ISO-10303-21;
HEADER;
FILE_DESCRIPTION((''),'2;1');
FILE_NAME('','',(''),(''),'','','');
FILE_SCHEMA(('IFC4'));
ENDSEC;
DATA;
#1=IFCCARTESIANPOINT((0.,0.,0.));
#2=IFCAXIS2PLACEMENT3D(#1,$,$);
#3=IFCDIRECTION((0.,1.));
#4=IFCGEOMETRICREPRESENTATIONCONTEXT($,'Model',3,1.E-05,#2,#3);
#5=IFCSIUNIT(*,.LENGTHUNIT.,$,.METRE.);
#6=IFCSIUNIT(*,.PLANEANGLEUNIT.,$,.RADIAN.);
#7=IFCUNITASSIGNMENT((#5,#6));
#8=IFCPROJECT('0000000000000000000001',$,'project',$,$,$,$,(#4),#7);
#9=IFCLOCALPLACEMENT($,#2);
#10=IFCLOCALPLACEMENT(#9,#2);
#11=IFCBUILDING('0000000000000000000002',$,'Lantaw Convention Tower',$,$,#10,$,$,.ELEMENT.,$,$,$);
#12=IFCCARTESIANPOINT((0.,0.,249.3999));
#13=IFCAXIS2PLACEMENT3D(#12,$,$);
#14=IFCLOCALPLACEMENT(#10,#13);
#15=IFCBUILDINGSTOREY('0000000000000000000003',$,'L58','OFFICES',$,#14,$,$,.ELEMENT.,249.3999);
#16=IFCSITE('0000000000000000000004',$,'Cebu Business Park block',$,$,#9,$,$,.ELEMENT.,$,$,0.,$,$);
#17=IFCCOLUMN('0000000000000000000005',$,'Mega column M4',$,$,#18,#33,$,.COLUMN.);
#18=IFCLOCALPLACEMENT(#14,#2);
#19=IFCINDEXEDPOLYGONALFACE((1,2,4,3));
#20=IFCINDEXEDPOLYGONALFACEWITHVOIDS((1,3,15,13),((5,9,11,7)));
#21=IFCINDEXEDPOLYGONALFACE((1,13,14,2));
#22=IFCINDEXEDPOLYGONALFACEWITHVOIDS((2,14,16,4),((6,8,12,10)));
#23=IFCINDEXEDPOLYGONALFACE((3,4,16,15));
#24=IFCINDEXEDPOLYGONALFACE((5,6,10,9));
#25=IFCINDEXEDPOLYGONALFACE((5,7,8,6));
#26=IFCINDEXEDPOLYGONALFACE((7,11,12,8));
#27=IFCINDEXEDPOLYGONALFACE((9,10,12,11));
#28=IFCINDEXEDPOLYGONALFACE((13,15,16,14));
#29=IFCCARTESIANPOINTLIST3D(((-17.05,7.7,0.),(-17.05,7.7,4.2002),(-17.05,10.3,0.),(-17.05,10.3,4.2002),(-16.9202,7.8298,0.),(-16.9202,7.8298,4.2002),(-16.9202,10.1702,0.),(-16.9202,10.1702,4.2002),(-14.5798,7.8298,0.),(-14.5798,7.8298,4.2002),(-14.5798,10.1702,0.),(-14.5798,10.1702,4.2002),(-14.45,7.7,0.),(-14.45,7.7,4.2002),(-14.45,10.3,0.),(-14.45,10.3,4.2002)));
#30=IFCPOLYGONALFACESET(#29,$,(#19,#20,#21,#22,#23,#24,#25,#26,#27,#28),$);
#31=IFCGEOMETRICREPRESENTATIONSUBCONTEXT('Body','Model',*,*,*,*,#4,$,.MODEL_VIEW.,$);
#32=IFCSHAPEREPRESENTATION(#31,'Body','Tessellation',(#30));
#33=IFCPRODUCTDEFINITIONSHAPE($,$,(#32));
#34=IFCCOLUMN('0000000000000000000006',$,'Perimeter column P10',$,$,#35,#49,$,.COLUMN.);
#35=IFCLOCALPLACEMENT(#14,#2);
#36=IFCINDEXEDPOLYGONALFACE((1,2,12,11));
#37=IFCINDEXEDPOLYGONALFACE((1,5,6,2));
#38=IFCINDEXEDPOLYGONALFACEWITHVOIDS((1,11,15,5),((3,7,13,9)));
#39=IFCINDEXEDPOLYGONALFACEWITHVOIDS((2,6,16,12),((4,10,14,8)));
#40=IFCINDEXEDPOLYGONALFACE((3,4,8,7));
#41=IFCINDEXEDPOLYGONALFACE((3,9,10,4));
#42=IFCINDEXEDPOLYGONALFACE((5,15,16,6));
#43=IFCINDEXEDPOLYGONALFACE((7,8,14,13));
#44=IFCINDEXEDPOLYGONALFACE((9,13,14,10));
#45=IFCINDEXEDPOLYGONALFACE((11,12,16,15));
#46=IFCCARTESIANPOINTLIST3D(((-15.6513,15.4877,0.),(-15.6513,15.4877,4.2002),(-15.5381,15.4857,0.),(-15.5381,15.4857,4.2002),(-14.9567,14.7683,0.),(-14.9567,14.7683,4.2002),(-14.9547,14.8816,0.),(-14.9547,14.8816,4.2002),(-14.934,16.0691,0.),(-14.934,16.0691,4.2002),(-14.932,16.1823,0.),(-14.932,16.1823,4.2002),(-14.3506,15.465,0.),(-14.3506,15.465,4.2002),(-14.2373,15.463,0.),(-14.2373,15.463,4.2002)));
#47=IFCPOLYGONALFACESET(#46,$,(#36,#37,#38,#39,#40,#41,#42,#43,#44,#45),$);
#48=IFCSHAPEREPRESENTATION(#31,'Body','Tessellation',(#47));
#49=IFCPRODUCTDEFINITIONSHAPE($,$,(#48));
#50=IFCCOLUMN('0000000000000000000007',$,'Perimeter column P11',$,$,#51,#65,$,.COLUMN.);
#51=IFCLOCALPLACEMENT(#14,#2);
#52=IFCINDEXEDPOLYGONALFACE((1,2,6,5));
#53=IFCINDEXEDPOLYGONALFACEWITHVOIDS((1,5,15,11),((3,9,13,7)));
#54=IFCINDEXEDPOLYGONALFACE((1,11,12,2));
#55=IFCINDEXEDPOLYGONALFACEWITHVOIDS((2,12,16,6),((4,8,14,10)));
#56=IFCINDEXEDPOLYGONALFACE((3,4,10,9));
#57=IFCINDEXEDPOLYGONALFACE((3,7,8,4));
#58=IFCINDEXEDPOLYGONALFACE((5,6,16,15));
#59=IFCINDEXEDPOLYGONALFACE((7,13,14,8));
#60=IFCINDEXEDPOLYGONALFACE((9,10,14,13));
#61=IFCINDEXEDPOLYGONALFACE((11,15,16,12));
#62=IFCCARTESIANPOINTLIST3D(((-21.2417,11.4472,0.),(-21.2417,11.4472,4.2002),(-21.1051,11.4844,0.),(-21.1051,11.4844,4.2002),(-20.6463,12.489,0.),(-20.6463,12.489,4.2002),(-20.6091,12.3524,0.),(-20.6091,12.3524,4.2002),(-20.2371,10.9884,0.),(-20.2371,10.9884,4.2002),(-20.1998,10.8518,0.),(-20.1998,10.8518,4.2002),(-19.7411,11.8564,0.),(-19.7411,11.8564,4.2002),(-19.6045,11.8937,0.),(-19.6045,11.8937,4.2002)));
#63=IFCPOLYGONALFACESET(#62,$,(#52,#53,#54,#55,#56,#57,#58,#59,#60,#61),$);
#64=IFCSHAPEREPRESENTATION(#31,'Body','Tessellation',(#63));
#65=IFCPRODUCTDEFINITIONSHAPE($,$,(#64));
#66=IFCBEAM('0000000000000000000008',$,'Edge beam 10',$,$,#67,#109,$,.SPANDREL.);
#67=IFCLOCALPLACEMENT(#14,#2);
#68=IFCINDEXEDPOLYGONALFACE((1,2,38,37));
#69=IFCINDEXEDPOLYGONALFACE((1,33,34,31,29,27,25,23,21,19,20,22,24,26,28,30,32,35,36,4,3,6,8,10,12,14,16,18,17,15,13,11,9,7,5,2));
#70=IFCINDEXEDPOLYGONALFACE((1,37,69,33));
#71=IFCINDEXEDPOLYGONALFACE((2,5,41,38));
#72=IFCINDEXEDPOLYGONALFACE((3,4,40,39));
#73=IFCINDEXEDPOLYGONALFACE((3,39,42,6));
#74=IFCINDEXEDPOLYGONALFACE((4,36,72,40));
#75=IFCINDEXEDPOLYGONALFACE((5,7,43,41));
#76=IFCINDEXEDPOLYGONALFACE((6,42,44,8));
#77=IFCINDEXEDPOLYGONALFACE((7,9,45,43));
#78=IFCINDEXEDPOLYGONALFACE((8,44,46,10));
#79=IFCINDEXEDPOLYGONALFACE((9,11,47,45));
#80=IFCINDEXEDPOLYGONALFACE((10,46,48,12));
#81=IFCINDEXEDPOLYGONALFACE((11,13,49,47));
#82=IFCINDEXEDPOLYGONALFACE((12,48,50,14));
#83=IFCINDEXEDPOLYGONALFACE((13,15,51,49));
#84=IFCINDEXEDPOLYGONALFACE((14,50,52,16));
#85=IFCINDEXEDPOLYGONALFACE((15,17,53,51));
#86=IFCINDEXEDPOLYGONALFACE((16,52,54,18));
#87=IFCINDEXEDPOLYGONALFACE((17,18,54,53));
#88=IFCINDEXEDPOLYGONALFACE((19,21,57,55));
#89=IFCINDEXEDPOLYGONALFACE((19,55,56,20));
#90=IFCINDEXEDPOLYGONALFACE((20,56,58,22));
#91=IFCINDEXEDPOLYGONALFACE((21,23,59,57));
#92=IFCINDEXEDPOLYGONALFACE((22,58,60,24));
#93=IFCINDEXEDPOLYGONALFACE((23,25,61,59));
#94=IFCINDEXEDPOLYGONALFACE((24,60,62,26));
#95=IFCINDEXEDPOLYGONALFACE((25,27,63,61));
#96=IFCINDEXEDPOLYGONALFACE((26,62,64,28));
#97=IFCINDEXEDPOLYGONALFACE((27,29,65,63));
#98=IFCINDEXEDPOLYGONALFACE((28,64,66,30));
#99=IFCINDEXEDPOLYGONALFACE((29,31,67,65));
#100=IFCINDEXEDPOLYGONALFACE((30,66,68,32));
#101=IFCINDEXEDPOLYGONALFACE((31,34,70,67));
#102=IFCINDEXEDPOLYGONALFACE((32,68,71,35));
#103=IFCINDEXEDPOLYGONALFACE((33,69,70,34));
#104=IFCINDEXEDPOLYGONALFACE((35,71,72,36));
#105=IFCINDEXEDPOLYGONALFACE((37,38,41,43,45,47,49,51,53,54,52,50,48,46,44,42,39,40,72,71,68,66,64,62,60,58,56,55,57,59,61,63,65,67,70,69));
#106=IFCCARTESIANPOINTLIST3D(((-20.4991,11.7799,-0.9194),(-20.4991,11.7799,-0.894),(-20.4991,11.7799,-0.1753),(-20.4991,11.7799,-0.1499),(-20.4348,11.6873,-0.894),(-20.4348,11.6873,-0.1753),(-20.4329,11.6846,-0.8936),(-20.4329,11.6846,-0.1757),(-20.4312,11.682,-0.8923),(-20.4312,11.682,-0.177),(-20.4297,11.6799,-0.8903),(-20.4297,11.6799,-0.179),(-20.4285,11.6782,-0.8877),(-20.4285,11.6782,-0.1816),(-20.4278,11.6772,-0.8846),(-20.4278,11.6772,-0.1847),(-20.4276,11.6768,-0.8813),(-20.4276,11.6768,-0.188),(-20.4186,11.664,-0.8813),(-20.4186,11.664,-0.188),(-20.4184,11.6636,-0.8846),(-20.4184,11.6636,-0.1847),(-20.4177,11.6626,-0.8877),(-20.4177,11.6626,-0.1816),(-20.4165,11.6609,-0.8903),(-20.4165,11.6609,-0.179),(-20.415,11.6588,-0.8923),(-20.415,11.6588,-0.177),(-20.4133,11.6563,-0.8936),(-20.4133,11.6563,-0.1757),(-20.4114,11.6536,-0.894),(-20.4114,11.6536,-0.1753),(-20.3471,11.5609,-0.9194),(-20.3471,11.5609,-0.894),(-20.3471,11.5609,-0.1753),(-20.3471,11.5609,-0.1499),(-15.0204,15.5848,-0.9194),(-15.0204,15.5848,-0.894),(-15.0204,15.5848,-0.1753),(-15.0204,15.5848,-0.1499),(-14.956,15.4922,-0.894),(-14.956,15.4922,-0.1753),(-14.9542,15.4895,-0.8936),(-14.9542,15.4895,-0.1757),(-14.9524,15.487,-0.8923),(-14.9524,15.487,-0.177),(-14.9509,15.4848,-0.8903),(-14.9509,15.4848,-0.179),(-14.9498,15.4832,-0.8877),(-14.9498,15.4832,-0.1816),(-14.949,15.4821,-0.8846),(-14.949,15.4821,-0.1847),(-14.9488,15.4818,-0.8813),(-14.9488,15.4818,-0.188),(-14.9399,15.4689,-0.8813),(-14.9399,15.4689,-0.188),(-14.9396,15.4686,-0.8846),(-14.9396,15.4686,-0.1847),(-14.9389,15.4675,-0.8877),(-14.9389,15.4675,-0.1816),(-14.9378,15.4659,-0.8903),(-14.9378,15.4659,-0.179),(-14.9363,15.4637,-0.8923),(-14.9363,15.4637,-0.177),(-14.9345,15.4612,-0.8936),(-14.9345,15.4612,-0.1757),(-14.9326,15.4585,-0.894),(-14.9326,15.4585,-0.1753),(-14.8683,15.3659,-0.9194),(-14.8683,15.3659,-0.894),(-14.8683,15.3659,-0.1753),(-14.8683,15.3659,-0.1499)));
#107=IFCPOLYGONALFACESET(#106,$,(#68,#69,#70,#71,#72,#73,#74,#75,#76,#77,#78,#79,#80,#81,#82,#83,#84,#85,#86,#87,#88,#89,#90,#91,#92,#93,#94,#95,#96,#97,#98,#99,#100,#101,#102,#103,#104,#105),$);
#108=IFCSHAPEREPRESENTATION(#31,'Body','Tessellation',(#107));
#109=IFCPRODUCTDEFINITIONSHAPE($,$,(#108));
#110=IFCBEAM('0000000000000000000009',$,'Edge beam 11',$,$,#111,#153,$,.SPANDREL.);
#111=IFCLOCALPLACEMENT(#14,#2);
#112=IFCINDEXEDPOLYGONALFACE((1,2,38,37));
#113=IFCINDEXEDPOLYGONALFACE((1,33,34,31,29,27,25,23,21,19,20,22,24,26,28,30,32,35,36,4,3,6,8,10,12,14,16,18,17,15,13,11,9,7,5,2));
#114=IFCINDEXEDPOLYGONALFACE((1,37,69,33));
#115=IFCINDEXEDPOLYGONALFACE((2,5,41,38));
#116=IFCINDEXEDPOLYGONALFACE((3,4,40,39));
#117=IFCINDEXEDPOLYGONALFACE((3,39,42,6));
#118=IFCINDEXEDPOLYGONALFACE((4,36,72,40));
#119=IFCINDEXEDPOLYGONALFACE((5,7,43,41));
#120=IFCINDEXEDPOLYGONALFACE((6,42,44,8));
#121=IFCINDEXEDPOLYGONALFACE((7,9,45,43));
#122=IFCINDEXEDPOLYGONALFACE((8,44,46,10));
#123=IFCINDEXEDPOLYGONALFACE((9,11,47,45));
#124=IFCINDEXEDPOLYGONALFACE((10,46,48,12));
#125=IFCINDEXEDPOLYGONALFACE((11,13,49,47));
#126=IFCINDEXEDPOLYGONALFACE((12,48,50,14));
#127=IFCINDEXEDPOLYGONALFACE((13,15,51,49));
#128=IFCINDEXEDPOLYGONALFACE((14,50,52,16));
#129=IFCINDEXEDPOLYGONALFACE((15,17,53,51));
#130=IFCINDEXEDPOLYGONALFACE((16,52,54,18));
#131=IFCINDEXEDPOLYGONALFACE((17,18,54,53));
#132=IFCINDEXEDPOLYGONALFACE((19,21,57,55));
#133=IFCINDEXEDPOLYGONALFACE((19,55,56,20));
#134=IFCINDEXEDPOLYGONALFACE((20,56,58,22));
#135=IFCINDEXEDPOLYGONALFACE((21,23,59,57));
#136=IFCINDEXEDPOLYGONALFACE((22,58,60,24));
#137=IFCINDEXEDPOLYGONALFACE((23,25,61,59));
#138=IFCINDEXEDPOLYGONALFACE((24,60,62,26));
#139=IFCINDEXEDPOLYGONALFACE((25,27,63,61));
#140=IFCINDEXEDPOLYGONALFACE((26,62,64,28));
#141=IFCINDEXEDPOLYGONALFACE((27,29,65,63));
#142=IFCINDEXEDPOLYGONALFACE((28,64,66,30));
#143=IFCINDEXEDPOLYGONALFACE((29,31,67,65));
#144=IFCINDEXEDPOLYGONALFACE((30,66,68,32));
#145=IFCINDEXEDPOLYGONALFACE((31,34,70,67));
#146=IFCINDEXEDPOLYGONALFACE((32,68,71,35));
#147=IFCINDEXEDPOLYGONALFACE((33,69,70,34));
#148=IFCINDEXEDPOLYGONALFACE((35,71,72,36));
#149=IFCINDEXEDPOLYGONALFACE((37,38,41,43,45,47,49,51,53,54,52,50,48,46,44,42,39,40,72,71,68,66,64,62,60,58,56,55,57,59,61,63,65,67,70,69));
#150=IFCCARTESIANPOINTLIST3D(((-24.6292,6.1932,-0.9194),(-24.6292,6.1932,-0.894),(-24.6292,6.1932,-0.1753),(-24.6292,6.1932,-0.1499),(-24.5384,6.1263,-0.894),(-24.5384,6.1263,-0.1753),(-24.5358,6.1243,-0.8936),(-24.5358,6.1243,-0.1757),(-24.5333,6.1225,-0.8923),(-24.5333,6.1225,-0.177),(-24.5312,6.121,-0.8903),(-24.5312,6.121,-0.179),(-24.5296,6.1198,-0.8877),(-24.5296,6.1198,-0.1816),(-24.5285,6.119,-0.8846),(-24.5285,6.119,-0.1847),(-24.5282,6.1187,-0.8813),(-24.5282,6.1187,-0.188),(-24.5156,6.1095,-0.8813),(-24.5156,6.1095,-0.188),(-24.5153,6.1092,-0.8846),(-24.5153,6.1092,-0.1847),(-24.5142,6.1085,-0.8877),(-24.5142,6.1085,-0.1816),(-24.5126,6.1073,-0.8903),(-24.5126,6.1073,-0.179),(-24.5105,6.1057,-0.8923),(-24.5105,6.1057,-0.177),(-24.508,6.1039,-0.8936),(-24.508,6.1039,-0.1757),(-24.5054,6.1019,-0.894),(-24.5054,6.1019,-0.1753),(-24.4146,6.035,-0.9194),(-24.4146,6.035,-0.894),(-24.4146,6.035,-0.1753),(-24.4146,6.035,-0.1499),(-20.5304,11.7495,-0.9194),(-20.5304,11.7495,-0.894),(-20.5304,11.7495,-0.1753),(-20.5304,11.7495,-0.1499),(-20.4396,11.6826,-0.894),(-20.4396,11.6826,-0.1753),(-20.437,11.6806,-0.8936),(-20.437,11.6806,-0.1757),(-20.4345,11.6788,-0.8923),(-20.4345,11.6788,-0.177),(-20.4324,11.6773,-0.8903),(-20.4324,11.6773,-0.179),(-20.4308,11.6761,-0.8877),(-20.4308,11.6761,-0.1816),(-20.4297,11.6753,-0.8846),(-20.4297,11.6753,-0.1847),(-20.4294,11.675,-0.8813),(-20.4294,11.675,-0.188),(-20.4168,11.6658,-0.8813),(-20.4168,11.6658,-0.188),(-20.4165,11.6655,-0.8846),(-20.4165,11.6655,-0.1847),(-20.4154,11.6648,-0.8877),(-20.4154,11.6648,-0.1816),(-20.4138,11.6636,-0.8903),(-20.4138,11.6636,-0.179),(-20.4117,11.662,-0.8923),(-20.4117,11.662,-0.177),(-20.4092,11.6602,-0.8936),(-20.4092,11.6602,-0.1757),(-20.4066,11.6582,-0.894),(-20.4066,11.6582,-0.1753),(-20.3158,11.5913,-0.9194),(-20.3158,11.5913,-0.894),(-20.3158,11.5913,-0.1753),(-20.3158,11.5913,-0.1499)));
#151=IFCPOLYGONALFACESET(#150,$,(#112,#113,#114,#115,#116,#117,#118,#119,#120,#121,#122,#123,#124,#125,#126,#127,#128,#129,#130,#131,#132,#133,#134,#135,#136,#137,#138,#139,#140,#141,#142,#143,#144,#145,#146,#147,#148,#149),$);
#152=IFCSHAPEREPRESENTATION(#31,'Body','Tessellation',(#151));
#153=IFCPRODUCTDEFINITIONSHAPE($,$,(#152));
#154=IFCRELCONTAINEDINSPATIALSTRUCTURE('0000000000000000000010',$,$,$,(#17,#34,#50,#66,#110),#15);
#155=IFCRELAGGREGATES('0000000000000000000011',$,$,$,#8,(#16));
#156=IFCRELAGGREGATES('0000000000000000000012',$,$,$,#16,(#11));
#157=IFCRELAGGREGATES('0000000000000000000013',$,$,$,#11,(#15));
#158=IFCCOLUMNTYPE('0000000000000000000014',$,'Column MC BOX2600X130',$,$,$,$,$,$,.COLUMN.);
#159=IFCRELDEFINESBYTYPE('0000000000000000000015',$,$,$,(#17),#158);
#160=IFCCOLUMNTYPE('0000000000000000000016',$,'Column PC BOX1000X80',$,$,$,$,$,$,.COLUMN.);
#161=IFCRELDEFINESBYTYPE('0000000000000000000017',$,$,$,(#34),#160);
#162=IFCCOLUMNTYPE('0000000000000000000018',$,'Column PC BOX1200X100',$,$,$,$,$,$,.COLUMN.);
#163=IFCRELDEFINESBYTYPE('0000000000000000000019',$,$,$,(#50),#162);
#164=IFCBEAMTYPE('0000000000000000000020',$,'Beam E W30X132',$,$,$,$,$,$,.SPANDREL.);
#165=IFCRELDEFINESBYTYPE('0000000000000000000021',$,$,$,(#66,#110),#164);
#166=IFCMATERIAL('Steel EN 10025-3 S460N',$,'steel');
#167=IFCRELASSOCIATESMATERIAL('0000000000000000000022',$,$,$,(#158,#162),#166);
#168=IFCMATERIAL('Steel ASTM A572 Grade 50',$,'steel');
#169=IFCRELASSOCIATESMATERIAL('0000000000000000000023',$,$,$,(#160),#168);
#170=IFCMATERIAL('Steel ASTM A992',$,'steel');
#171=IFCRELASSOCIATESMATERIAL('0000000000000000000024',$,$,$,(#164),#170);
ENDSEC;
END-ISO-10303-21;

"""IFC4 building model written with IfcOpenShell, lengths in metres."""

from ifc_helpers import new_model, si_unit, direction, frame, origin, origin_2d, place, context, subcontext, project, spatial, rectangle, hollow_rectangle, i_section, extrude, material, material_profile, profile_set, type_object, element, save


model = new_model("IFC4")

# Units and contexts
model_context = context("Model", 3, precision=1e-05, world=origin(), true_north=direction((0.0, 1.0)))
body_context = subcontext(model_context, "Body", "Model", "MODEL_VIEW")
ifc_project = project(units=[si_unit("LENGTHUNIT", "METRE"), si_unit("PLANEANGLEUNIT", "RADIAN")], contexts=[model_context])

# Site, building, storey
site_placement = place(None, origin())
site = spatial("IfcSite", under=ifc_project, at=site_placement, Name="Cebu Business Park block", CompositionType="ELEMENT", RefElevation=0.0)
building_placement = place(site_placement, origin())
building = spatial("IfcBuilding", under=site, at=building_placement, Name="Lantaw Convention Tower", CompositionType="ELEMENT")
storey_placement = place(building_placement, frame((0.0, 0.0, 249.3999)))
storey = spatial("IfcBuildingStorey", under=building, at=storey_placement, Name="L58", Description="OFFICES", CompositionType="ELEMENT", Elevation=249.3999)

# Columns
ifc_material_1 = material(Name="Steel EN 10025-3 S460N", Category="steel")
ifc_material_profile_1 = material_profile(ifc_material_1, hollow_rectangle(XDim=2.6001, YDim=2.6001, WallThickness=0.1299, at=origin_2d()), Name="BOX2600X130")
ifc_material_2 = material(Name="Concrete C60/75", Category="concrete")
ifc_material_profile_2 = material_profile(ifc_material_2, rectangle(XDim=2.3401, YDim=2.3401, at=origin_2d()), Name="Concrete fill of BOX2600X130")
ifc_profile_set_1 = profile_set([ifc_material_profile_1, ifc_material_profile_2], Name="Steel EN 10025-3 S460N")
column_type_1 = type_object("IfcColumnType", Name="Column MC BOX2600X130", PredefinedType="COLUMN", material=ifc_profile_set_1)
column_1_placement = place(storey_placement, frame((-15.75, 9.0, 0.0), z_axis=(0.0, 0.0, 1.0), x_axis=(1.0, 0.0, 0.0)))
element("IfcColumn", 1, at=column_1_placement, inside=storey, type_object=column_type_1, Name="Mega column M4", PredefinedType="COLUMN", context=body_context, shape_type="SweptSolid", body=[
    extrude(hollow_rectangle(XDim=2.6001, YDim=2.6001, WallThickness=0.1299, at=origin_2d()), origin(), (0.0, 0.0, 1.0), 4.2002),
])
ifc_material_3 = material(Name="Steel ASTM A572 Grade 50", Category="steel")
ifc_material_profile_3 = material_profile(ifc_material_3, hollow_rectangle(XDim=1.0, YDim=1.0, WallThickness=0.0801, at=origin_2d()), Name="BOX1000X80")
ifc_material_profile_4 = material_profile(ifc_material_2, rectangle(XDim=0.8401, YDim=0.8401, at=origin_2d()), Name="Concrete fill of BOX1000X80")
ifc_profile_set_2 = profile_set([ifc_material_profile_3, ifc_material_profile_4], Name="Steel ASTM A572 Grade 50")
column_type_2 = type_object("IfcColumnType", Name="Column PC BOX1000X80", PredefinedType="COLUMN", material=ifc_profile_set_2)
column_2_placement = place(storey_placement, frame((-14.9443, 15.4753, 0.0), z_axis=(0.0, 0.0, 1.0), x_axis=(0.71934, 0.694658, 0.0)))
element("IfcColumn", 2, at=column_2_placement, inside=storey, type_object=column_type_2, Name="Perimeter column P10", PredefinedType="COLUMN", context=body_context, shape_type="SweptSolid", body=[
    extrude(hollow_rectangle(XDim=1.0, YDim=1.0, WallThickness=0.0801, at=origin_2d()), origin(), (0.0, 0.0, 1.0), 4.2002),
])
ifc_material_profile_5 = material_profile(ifc_material_1, hollow_rectangle(XDim=1.2, YDim=1.2, WallThickness=0.1001, at=origin_2d()), Name="BOX1200X100")
ifc_material_profile_6 = material_profile(ifc_material_2, rectangle(XDim=1.0, YDim=1.0, at=origin_2d()), Name="Concrete fill of BOX1200X100")
ifc_profile_set_3 = profile_set([ifc_material_profile_5, ifc_material_profile_6], Name="Steel EN 10025-3 S460N")
column_type_3 = type_object("IfcColumnType", Name="Column PC BOX1200X100", PredefinedType="COLUMN", material=ifc_profile_set_3)
column_3_placement = place(storey_placement, frame((-20.4231, 11.6704, 0.0), z_axis=(0.0, 0.0, 1.0), x_axis=(0.496139, 0.868243, 0.0)))
element("IfcColumn", 3, at=column_3_placement, inside=storey, type_object=column_type_3, Name="Perimeter column P11", PredefinedType="COLUMN", context=body_context, shape_type="SweptSolid", body=[
    extrude(hollow_rectangle(XDim=1.2, YDim=1.2, WallThickness=0.1001, at=origin_2d()), origin(), (0.0, 0.0, 1.0), 4.2002),
])

# Beams
ifc_material_4 = material(Name="Steel ASTM A992", Category="steel")
ifc_material_profile_7 = material_profile(ifc_material_4, i_section(OverallWidth=0.2666, OverallDepth=0.7695, WebThickness=0.0156, FlangeThickness=0.0254, FilletRadius=0.0127, at=origin_2d()), Name="W30X132")
ifc_profile_set_4 = profile_set([ifc_material_profile_7], Name="Steel ASTM A992")
beam_type_1 = type_object("IfcBeamType", Name="Beam E W30X132", PredefinedType="SPANDREL", material=ifc_profile_set_4)
beam_1_placement = place(storey_placement, frame((-14.9443, 15.4753, -0.5347), z_axis=(-0.821353, -0.57042, 0.0), x_axis=(0.57042, -0.821353, 0.0)))
element("IfcBeam", 4, at=beam_1_placement, inside=storey, type_object=beam_type_1, Name="Edge beam 10", PredefinedType="SPANDREL", context=body_context, shape_type="SweptSolid", body=[
    extrude(i_section(OverallWidth=0.2666, OverallDepth=0.7695, WebThickness=0.0156, FlangeThickness=0.0254, FilletRadius=0.0127, at=origin_2d()), origin(), (0.0, 0.0, 1.0), 6.6704),
])
beam_2_placement = place(storey_placement, frame((-20.4231, 11.6704, -0.5347), z_axis=(-0.593639, -0.804731, 0.0), x_axis=(0.804731, -0.593639, 0.0)))
element("IfcBeam", 5, at=beam_2_placement, inside=storey, type_object=beam_type_1, Name="Edge beam 11", PredefinedType="SPANDREL", context=body_context, shape_type="SweptSolid", body=[
    extrude(i_section(OverallWidth=0.2666, OverallDepth=0.7695, WebThickness=0.0156, FlangeThickness=0.0254, FilletRadius=0.0127, at=origin_2d()), origin(), (0.0, 0.0, 1.0), 6.9045),
])

save(model, "model.ifc")
